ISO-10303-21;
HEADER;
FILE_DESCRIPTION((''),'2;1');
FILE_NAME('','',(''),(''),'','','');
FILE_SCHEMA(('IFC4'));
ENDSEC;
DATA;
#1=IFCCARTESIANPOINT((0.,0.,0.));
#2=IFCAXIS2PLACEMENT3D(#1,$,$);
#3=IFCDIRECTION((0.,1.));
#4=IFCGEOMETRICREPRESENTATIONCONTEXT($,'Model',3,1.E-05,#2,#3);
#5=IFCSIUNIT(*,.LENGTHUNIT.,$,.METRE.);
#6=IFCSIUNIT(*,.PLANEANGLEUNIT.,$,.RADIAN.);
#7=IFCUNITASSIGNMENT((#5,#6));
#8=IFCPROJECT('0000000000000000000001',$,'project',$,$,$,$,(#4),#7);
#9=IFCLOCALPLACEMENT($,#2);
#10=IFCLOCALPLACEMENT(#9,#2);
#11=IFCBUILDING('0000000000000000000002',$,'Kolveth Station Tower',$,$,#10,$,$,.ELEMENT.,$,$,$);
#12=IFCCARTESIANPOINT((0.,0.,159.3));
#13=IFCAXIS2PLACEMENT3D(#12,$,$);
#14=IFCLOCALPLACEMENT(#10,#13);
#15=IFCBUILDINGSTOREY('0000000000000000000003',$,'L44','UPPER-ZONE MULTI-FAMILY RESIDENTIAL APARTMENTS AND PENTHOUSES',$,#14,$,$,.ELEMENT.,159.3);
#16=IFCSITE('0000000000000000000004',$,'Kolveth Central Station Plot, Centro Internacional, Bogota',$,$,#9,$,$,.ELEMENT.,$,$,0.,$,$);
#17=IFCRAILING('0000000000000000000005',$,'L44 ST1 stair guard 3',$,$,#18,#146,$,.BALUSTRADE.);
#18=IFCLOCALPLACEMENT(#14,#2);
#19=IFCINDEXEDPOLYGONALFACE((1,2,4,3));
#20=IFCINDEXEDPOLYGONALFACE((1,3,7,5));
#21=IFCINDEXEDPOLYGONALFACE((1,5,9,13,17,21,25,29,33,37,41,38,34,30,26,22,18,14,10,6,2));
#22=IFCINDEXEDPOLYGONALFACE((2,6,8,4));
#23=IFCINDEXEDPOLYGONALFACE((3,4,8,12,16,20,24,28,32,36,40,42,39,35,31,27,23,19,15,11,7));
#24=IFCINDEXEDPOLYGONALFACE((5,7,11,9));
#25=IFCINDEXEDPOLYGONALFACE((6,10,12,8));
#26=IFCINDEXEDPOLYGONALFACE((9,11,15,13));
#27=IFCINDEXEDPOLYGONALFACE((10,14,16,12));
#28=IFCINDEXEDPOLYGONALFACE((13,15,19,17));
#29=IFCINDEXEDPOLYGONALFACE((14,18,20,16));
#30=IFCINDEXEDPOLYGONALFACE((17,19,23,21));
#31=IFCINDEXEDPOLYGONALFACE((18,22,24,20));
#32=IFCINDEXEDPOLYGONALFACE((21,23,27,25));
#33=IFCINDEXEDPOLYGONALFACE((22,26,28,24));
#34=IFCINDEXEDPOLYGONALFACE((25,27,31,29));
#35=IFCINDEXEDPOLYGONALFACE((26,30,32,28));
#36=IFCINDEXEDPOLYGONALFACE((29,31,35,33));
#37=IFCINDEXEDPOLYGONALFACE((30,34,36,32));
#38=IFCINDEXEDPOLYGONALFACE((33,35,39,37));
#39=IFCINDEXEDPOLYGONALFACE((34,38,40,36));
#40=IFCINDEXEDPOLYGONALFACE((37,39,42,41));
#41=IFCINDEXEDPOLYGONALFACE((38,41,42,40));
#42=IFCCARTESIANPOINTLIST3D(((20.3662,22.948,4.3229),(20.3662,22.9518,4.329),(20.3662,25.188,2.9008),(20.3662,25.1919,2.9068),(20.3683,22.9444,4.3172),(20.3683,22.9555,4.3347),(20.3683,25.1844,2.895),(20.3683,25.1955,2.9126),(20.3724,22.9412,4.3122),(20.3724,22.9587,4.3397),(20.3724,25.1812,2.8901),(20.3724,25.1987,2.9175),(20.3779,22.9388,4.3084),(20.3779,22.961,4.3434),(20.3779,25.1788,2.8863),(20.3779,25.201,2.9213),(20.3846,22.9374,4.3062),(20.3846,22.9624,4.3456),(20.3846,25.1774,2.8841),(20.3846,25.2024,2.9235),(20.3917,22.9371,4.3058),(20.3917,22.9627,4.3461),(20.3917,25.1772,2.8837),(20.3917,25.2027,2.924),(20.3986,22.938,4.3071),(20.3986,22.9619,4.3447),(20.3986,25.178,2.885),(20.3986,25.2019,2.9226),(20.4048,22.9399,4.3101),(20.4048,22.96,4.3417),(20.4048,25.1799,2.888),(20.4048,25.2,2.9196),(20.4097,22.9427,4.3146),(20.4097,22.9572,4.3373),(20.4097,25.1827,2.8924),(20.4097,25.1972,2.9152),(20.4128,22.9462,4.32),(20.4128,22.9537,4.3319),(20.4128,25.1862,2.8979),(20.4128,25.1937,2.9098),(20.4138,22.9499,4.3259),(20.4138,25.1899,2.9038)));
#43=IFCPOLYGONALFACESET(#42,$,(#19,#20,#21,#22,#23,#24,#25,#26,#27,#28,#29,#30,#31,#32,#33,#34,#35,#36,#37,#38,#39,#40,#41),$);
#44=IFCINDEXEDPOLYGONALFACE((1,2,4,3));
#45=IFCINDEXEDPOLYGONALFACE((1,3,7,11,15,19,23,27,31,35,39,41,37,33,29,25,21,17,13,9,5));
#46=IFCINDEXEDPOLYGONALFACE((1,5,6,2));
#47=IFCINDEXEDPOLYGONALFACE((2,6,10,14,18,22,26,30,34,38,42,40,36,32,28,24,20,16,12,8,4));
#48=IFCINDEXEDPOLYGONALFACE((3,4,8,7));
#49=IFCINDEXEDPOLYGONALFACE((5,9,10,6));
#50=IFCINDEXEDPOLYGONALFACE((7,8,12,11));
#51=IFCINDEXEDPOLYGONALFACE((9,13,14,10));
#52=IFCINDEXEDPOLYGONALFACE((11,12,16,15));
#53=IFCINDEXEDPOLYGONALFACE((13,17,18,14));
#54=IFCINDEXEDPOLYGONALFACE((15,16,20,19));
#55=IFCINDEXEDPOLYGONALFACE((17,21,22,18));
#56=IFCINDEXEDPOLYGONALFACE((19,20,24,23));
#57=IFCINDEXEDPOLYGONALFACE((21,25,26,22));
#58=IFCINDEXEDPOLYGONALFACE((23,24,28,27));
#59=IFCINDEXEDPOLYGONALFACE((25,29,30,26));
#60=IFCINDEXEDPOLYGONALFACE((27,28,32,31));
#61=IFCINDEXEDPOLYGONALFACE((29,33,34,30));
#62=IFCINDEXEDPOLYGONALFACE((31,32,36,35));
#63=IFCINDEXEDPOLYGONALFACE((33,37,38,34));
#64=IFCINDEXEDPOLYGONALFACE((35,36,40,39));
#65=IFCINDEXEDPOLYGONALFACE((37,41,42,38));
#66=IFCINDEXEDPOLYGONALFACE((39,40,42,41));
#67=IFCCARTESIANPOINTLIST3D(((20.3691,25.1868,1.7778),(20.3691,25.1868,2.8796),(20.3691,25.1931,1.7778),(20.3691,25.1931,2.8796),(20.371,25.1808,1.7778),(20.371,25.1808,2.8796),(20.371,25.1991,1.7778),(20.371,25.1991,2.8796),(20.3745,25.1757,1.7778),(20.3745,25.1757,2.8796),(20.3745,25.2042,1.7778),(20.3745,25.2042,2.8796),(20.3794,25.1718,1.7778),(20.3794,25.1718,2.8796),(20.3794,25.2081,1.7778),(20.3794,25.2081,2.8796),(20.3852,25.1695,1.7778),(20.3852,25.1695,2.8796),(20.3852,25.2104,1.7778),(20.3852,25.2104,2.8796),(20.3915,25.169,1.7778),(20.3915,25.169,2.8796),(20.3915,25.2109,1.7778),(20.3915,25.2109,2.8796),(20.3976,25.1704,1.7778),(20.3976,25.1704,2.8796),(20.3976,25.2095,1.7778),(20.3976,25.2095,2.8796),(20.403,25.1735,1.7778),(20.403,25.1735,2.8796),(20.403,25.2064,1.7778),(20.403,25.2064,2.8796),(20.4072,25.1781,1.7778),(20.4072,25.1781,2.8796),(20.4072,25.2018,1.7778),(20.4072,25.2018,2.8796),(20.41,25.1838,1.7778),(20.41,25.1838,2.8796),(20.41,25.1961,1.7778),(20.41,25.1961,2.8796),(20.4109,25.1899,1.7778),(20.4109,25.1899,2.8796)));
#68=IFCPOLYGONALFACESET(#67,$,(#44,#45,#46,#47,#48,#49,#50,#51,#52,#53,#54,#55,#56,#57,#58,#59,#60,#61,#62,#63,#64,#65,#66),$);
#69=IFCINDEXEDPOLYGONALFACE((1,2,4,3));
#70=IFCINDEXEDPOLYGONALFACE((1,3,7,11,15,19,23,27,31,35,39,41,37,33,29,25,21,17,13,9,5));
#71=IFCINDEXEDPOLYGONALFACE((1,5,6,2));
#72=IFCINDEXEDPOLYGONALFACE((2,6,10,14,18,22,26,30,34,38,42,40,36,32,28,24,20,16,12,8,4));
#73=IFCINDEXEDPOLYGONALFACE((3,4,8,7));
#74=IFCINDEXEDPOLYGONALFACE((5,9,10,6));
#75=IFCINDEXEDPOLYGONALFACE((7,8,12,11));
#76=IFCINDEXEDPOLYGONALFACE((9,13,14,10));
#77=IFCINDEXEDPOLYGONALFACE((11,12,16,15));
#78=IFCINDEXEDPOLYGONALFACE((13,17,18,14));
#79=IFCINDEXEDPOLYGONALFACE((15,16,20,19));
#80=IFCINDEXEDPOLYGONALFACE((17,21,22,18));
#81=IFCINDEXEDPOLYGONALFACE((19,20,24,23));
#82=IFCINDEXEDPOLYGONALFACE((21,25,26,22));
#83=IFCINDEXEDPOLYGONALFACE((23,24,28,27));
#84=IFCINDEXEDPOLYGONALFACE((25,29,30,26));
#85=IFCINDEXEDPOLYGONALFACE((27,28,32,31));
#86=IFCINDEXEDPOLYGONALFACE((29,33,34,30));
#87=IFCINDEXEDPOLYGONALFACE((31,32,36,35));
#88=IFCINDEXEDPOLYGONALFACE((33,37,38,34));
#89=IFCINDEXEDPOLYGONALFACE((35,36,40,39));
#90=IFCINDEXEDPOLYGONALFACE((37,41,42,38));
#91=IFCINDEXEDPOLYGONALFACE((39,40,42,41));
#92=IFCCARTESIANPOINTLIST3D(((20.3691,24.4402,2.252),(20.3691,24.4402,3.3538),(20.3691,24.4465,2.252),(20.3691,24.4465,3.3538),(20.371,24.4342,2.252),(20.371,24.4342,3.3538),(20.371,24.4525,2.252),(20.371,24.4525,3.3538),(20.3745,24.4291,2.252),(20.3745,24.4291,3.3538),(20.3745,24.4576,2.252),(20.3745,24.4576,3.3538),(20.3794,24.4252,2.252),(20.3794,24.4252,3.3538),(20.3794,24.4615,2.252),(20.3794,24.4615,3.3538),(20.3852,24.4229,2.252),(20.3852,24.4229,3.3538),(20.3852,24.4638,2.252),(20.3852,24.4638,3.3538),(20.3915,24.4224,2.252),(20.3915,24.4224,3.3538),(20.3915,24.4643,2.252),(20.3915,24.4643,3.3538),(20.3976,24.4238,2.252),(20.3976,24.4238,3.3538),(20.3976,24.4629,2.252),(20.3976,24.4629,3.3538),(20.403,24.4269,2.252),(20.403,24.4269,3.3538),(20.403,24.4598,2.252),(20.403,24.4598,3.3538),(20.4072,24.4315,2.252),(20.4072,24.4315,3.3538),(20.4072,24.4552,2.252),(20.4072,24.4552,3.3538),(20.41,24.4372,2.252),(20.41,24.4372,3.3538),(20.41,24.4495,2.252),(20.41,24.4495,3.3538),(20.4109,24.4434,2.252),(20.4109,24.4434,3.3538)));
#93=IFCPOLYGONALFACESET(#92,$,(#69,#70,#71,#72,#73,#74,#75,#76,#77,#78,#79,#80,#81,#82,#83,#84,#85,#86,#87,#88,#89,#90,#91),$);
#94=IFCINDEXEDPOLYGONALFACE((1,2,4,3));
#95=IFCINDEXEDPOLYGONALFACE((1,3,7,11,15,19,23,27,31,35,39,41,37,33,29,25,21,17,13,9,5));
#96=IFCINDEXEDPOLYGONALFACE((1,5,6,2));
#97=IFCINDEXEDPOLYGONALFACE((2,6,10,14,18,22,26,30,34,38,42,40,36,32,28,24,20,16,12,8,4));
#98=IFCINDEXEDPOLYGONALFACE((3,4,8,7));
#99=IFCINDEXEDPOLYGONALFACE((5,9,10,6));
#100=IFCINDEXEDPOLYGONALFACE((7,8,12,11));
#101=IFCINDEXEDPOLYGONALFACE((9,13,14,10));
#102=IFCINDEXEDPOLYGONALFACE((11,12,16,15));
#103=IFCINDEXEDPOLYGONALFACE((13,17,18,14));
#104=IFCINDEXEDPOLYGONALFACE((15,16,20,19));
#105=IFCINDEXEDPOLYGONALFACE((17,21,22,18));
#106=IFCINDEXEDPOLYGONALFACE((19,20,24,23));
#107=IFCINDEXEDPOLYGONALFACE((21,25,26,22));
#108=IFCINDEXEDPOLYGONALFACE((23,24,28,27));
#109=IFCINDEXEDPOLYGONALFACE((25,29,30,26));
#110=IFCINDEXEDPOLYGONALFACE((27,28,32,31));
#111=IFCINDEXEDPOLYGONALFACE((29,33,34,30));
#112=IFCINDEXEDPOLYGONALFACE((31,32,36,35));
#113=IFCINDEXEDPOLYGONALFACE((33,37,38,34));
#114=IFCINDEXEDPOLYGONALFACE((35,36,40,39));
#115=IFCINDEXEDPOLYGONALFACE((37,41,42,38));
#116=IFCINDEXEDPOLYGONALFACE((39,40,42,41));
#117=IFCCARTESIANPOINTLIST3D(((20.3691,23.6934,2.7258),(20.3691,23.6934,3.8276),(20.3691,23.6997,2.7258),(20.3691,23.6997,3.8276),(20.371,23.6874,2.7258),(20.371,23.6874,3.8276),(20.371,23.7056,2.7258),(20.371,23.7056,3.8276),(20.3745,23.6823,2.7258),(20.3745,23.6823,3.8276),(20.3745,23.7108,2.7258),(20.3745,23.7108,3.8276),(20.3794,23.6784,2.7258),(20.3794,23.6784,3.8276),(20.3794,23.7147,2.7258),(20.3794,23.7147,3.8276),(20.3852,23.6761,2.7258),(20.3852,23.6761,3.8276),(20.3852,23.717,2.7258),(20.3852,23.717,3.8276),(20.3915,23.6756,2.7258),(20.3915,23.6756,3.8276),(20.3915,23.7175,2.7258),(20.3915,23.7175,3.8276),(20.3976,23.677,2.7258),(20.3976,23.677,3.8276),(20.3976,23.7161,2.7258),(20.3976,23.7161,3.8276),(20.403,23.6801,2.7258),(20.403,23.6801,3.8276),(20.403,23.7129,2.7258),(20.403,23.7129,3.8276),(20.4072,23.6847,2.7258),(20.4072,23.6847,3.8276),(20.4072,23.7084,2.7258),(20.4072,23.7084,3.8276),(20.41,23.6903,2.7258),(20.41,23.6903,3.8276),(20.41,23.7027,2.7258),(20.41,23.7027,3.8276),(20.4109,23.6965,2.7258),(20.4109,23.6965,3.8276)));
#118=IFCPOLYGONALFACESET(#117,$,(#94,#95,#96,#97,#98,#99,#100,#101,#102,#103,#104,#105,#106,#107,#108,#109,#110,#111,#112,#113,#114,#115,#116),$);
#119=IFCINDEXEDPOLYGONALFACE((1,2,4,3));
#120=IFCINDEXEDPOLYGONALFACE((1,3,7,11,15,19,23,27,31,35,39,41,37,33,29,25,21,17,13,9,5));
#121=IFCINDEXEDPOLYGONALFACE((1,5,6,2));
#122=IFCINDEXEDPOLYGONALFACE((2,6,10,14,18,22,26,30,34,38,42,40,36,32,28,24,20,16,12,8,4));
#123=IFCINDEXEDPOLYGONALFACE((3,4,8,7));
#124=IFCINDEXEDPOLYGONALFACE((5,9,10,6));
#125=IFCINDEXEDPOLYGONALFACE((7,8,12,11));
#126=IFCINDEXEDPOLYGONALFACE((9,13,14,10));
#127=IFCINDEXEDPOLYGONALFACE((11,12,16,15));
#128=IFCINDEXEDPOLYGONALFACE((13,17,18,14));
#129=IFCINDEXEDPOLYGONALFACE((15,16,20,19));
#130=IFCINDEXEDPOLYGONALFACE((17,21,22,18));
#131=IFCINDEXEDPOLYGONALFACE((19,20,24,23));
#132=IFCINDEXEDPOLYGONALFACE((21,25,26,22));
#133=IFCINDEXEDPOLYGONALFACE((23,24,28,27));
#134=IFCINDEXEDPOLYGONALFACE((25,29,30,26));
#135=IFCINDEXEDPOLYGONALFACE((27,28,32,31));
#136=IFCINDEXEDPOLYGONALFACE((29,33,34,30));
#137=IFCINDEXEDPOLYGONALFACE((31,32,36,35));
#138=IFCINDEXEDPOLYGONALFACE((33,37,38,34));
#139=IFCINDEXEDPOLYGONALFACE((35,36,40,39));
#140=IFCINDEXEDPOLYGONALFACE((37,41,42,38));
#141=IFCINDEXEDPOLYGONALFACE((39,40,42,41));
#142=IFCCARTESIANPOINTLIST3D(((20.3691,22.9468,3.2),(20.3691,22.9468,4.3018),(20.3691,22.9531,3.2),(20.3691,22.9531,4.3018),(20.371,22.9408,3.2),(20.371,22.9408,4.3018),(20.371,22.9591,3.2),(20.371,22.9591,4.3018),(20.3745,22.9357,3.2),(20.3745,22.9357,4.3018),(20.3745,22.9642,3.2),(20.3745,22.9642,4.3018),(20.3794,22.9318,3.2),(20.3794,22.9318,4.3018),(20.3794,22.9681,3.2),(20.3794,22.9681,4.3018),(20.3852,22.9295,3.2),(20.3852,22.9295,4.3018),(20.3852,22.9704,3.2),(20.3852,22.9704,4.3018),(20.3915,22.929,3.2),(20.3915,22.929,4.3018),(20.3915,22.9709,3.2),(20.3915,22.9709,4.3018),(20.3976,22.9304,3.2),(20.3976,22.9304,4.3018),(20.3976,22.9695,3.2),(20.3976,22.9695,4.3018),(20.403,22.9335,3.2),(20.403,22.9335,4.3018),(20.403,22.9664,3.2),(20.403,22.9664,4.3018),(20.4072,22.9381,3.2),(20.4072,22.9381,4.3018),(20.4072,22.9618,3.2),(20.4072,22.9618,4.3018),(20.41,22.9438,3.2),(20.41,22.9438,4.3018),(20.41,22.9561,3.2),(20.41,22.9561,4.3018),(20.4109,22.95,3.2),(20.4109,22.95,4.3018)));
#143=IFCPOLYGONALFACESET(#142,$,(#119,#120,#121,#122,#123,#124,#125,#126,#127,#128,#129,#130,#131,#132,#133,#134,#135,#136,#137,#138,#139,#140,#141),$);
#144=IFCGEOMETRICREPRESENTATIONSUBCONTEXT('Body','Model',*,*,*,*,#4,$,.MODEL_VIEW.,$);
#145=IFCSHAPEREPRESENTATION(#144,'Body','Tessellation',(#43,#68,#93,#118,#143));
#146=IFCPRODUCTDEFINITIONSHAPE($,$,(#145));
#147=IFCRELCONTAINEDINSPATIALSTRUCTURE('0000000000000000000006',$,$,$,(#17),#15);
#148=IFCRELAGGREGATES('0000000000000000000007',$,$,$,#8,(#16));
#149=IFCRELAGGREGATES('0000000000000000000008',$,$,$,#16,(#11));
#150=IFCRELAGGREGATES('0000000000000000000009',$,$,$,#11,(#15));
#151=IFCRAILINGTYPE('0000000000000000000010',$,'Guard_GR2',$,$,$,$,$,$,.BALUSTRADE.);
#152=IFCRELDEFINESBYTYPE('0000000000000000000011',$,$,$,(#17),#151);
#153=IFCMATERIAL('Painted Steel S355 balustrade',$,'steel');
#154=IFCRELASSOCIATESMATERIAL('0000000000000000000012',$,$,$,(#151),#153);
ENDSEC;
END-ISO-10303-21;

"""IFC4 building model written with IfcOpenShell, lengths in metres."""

from ifc_helpers import new_model, si_unit, direction, frame, origin, origin_2d, place, context, subcontext, project, spatial, circle, extrude, material, type_object, element, save


model = new_model("IFC4")

# Units and contexts
model_context = context("Model", 3, precision=1e-05, world=origin(), true_north=direction((0.0, 1.0)))
body_context = subcontext(model_context, "Body", "Model", "MODEL_VIEW")
ifc_project = project(units=[si_unit("LENGTHUNIT", "METRE"), si_unit("PLANEANGLEUNIT", "RADIAN")], contexts=[model_context])

# Site, building, storey
site_placement = place(None, origin())
site = spatial("IfcSite", under=ifc_project, at=site_placement, Name="Kolveth Central Station Plot, Centro Internacional, Bogota", CompositionType="ELEMENT", RefElevation=0.0)
building_placement = place(site_placement, origin())
building = spatial("IfcBuilding", under=site, at=building_placement, Name="Kolveth Station Tower", CompositionType="ELEMENT")
storey_placement = place(building_placement, frame((0.0, 0.0, 159.3)))
storey = spatial("IfcBuildingStorey", under=building, at=storey_placement, Name="L44", Description="UPPER-ZONE MULTI-FAMILY RESIDENTIAL APARTMENTS AND PENTHOUSES", CompositionType="ELEMENT", Elevation=159.3)

# Railing
ifc_material_1 = material(Name="Painted Steel S355 balustrade", Category="steel")
railing_type_1 = type_object("IfcRailingType", Name="Guard_GR2", PredefinedType="BALUSTRADE", material=ifc_material_1)
railing_1_placement = place(storey_placement, frame((20.3899, 25.1899, 1.7778)))
element("IfcRailing", 1, at=railing_1_placement, inside=storey, type_object=railing_type_1, Name="L44 ST1 stair guard 3", PredefinedType="BALUSTRADE", context=body_context, shape_type="SweptSolid", body=[
    extrude(circle(Radius=0.0239, at=origin_2d()), frame((0.0, 0.0, 1.126), z_axis=(0.0, -0.844229, 0.535982), x_axis=(1.0, 0.0, 0.0)), (0.0, 0.0, 1.0), 2.6533),
    extrude(circle(Radius=0.021, at=origin_2d()), origin(), (0.0, 0.0, 1.0), 1.1018),
    extrude(circle(Radius=0.021, at=origin_2d()), frame((0.0, -0.7466, 0.4741)), (0.0, 0.0, 1.0), 1.1018),
    extrude(circle(Radius=0.021, at=origin_2d()), frame((0.0, -1.4934, 0.948)), (0.0, 0.0, 1.0), 1.1018),
    extrude(circle(Radius=0.021, at=origin_2d()), frame((0.0, -2.24, 1.4221)), (0.0, 0.0, 1.0), 1.1018),
])

save(model, "model.ifc")
